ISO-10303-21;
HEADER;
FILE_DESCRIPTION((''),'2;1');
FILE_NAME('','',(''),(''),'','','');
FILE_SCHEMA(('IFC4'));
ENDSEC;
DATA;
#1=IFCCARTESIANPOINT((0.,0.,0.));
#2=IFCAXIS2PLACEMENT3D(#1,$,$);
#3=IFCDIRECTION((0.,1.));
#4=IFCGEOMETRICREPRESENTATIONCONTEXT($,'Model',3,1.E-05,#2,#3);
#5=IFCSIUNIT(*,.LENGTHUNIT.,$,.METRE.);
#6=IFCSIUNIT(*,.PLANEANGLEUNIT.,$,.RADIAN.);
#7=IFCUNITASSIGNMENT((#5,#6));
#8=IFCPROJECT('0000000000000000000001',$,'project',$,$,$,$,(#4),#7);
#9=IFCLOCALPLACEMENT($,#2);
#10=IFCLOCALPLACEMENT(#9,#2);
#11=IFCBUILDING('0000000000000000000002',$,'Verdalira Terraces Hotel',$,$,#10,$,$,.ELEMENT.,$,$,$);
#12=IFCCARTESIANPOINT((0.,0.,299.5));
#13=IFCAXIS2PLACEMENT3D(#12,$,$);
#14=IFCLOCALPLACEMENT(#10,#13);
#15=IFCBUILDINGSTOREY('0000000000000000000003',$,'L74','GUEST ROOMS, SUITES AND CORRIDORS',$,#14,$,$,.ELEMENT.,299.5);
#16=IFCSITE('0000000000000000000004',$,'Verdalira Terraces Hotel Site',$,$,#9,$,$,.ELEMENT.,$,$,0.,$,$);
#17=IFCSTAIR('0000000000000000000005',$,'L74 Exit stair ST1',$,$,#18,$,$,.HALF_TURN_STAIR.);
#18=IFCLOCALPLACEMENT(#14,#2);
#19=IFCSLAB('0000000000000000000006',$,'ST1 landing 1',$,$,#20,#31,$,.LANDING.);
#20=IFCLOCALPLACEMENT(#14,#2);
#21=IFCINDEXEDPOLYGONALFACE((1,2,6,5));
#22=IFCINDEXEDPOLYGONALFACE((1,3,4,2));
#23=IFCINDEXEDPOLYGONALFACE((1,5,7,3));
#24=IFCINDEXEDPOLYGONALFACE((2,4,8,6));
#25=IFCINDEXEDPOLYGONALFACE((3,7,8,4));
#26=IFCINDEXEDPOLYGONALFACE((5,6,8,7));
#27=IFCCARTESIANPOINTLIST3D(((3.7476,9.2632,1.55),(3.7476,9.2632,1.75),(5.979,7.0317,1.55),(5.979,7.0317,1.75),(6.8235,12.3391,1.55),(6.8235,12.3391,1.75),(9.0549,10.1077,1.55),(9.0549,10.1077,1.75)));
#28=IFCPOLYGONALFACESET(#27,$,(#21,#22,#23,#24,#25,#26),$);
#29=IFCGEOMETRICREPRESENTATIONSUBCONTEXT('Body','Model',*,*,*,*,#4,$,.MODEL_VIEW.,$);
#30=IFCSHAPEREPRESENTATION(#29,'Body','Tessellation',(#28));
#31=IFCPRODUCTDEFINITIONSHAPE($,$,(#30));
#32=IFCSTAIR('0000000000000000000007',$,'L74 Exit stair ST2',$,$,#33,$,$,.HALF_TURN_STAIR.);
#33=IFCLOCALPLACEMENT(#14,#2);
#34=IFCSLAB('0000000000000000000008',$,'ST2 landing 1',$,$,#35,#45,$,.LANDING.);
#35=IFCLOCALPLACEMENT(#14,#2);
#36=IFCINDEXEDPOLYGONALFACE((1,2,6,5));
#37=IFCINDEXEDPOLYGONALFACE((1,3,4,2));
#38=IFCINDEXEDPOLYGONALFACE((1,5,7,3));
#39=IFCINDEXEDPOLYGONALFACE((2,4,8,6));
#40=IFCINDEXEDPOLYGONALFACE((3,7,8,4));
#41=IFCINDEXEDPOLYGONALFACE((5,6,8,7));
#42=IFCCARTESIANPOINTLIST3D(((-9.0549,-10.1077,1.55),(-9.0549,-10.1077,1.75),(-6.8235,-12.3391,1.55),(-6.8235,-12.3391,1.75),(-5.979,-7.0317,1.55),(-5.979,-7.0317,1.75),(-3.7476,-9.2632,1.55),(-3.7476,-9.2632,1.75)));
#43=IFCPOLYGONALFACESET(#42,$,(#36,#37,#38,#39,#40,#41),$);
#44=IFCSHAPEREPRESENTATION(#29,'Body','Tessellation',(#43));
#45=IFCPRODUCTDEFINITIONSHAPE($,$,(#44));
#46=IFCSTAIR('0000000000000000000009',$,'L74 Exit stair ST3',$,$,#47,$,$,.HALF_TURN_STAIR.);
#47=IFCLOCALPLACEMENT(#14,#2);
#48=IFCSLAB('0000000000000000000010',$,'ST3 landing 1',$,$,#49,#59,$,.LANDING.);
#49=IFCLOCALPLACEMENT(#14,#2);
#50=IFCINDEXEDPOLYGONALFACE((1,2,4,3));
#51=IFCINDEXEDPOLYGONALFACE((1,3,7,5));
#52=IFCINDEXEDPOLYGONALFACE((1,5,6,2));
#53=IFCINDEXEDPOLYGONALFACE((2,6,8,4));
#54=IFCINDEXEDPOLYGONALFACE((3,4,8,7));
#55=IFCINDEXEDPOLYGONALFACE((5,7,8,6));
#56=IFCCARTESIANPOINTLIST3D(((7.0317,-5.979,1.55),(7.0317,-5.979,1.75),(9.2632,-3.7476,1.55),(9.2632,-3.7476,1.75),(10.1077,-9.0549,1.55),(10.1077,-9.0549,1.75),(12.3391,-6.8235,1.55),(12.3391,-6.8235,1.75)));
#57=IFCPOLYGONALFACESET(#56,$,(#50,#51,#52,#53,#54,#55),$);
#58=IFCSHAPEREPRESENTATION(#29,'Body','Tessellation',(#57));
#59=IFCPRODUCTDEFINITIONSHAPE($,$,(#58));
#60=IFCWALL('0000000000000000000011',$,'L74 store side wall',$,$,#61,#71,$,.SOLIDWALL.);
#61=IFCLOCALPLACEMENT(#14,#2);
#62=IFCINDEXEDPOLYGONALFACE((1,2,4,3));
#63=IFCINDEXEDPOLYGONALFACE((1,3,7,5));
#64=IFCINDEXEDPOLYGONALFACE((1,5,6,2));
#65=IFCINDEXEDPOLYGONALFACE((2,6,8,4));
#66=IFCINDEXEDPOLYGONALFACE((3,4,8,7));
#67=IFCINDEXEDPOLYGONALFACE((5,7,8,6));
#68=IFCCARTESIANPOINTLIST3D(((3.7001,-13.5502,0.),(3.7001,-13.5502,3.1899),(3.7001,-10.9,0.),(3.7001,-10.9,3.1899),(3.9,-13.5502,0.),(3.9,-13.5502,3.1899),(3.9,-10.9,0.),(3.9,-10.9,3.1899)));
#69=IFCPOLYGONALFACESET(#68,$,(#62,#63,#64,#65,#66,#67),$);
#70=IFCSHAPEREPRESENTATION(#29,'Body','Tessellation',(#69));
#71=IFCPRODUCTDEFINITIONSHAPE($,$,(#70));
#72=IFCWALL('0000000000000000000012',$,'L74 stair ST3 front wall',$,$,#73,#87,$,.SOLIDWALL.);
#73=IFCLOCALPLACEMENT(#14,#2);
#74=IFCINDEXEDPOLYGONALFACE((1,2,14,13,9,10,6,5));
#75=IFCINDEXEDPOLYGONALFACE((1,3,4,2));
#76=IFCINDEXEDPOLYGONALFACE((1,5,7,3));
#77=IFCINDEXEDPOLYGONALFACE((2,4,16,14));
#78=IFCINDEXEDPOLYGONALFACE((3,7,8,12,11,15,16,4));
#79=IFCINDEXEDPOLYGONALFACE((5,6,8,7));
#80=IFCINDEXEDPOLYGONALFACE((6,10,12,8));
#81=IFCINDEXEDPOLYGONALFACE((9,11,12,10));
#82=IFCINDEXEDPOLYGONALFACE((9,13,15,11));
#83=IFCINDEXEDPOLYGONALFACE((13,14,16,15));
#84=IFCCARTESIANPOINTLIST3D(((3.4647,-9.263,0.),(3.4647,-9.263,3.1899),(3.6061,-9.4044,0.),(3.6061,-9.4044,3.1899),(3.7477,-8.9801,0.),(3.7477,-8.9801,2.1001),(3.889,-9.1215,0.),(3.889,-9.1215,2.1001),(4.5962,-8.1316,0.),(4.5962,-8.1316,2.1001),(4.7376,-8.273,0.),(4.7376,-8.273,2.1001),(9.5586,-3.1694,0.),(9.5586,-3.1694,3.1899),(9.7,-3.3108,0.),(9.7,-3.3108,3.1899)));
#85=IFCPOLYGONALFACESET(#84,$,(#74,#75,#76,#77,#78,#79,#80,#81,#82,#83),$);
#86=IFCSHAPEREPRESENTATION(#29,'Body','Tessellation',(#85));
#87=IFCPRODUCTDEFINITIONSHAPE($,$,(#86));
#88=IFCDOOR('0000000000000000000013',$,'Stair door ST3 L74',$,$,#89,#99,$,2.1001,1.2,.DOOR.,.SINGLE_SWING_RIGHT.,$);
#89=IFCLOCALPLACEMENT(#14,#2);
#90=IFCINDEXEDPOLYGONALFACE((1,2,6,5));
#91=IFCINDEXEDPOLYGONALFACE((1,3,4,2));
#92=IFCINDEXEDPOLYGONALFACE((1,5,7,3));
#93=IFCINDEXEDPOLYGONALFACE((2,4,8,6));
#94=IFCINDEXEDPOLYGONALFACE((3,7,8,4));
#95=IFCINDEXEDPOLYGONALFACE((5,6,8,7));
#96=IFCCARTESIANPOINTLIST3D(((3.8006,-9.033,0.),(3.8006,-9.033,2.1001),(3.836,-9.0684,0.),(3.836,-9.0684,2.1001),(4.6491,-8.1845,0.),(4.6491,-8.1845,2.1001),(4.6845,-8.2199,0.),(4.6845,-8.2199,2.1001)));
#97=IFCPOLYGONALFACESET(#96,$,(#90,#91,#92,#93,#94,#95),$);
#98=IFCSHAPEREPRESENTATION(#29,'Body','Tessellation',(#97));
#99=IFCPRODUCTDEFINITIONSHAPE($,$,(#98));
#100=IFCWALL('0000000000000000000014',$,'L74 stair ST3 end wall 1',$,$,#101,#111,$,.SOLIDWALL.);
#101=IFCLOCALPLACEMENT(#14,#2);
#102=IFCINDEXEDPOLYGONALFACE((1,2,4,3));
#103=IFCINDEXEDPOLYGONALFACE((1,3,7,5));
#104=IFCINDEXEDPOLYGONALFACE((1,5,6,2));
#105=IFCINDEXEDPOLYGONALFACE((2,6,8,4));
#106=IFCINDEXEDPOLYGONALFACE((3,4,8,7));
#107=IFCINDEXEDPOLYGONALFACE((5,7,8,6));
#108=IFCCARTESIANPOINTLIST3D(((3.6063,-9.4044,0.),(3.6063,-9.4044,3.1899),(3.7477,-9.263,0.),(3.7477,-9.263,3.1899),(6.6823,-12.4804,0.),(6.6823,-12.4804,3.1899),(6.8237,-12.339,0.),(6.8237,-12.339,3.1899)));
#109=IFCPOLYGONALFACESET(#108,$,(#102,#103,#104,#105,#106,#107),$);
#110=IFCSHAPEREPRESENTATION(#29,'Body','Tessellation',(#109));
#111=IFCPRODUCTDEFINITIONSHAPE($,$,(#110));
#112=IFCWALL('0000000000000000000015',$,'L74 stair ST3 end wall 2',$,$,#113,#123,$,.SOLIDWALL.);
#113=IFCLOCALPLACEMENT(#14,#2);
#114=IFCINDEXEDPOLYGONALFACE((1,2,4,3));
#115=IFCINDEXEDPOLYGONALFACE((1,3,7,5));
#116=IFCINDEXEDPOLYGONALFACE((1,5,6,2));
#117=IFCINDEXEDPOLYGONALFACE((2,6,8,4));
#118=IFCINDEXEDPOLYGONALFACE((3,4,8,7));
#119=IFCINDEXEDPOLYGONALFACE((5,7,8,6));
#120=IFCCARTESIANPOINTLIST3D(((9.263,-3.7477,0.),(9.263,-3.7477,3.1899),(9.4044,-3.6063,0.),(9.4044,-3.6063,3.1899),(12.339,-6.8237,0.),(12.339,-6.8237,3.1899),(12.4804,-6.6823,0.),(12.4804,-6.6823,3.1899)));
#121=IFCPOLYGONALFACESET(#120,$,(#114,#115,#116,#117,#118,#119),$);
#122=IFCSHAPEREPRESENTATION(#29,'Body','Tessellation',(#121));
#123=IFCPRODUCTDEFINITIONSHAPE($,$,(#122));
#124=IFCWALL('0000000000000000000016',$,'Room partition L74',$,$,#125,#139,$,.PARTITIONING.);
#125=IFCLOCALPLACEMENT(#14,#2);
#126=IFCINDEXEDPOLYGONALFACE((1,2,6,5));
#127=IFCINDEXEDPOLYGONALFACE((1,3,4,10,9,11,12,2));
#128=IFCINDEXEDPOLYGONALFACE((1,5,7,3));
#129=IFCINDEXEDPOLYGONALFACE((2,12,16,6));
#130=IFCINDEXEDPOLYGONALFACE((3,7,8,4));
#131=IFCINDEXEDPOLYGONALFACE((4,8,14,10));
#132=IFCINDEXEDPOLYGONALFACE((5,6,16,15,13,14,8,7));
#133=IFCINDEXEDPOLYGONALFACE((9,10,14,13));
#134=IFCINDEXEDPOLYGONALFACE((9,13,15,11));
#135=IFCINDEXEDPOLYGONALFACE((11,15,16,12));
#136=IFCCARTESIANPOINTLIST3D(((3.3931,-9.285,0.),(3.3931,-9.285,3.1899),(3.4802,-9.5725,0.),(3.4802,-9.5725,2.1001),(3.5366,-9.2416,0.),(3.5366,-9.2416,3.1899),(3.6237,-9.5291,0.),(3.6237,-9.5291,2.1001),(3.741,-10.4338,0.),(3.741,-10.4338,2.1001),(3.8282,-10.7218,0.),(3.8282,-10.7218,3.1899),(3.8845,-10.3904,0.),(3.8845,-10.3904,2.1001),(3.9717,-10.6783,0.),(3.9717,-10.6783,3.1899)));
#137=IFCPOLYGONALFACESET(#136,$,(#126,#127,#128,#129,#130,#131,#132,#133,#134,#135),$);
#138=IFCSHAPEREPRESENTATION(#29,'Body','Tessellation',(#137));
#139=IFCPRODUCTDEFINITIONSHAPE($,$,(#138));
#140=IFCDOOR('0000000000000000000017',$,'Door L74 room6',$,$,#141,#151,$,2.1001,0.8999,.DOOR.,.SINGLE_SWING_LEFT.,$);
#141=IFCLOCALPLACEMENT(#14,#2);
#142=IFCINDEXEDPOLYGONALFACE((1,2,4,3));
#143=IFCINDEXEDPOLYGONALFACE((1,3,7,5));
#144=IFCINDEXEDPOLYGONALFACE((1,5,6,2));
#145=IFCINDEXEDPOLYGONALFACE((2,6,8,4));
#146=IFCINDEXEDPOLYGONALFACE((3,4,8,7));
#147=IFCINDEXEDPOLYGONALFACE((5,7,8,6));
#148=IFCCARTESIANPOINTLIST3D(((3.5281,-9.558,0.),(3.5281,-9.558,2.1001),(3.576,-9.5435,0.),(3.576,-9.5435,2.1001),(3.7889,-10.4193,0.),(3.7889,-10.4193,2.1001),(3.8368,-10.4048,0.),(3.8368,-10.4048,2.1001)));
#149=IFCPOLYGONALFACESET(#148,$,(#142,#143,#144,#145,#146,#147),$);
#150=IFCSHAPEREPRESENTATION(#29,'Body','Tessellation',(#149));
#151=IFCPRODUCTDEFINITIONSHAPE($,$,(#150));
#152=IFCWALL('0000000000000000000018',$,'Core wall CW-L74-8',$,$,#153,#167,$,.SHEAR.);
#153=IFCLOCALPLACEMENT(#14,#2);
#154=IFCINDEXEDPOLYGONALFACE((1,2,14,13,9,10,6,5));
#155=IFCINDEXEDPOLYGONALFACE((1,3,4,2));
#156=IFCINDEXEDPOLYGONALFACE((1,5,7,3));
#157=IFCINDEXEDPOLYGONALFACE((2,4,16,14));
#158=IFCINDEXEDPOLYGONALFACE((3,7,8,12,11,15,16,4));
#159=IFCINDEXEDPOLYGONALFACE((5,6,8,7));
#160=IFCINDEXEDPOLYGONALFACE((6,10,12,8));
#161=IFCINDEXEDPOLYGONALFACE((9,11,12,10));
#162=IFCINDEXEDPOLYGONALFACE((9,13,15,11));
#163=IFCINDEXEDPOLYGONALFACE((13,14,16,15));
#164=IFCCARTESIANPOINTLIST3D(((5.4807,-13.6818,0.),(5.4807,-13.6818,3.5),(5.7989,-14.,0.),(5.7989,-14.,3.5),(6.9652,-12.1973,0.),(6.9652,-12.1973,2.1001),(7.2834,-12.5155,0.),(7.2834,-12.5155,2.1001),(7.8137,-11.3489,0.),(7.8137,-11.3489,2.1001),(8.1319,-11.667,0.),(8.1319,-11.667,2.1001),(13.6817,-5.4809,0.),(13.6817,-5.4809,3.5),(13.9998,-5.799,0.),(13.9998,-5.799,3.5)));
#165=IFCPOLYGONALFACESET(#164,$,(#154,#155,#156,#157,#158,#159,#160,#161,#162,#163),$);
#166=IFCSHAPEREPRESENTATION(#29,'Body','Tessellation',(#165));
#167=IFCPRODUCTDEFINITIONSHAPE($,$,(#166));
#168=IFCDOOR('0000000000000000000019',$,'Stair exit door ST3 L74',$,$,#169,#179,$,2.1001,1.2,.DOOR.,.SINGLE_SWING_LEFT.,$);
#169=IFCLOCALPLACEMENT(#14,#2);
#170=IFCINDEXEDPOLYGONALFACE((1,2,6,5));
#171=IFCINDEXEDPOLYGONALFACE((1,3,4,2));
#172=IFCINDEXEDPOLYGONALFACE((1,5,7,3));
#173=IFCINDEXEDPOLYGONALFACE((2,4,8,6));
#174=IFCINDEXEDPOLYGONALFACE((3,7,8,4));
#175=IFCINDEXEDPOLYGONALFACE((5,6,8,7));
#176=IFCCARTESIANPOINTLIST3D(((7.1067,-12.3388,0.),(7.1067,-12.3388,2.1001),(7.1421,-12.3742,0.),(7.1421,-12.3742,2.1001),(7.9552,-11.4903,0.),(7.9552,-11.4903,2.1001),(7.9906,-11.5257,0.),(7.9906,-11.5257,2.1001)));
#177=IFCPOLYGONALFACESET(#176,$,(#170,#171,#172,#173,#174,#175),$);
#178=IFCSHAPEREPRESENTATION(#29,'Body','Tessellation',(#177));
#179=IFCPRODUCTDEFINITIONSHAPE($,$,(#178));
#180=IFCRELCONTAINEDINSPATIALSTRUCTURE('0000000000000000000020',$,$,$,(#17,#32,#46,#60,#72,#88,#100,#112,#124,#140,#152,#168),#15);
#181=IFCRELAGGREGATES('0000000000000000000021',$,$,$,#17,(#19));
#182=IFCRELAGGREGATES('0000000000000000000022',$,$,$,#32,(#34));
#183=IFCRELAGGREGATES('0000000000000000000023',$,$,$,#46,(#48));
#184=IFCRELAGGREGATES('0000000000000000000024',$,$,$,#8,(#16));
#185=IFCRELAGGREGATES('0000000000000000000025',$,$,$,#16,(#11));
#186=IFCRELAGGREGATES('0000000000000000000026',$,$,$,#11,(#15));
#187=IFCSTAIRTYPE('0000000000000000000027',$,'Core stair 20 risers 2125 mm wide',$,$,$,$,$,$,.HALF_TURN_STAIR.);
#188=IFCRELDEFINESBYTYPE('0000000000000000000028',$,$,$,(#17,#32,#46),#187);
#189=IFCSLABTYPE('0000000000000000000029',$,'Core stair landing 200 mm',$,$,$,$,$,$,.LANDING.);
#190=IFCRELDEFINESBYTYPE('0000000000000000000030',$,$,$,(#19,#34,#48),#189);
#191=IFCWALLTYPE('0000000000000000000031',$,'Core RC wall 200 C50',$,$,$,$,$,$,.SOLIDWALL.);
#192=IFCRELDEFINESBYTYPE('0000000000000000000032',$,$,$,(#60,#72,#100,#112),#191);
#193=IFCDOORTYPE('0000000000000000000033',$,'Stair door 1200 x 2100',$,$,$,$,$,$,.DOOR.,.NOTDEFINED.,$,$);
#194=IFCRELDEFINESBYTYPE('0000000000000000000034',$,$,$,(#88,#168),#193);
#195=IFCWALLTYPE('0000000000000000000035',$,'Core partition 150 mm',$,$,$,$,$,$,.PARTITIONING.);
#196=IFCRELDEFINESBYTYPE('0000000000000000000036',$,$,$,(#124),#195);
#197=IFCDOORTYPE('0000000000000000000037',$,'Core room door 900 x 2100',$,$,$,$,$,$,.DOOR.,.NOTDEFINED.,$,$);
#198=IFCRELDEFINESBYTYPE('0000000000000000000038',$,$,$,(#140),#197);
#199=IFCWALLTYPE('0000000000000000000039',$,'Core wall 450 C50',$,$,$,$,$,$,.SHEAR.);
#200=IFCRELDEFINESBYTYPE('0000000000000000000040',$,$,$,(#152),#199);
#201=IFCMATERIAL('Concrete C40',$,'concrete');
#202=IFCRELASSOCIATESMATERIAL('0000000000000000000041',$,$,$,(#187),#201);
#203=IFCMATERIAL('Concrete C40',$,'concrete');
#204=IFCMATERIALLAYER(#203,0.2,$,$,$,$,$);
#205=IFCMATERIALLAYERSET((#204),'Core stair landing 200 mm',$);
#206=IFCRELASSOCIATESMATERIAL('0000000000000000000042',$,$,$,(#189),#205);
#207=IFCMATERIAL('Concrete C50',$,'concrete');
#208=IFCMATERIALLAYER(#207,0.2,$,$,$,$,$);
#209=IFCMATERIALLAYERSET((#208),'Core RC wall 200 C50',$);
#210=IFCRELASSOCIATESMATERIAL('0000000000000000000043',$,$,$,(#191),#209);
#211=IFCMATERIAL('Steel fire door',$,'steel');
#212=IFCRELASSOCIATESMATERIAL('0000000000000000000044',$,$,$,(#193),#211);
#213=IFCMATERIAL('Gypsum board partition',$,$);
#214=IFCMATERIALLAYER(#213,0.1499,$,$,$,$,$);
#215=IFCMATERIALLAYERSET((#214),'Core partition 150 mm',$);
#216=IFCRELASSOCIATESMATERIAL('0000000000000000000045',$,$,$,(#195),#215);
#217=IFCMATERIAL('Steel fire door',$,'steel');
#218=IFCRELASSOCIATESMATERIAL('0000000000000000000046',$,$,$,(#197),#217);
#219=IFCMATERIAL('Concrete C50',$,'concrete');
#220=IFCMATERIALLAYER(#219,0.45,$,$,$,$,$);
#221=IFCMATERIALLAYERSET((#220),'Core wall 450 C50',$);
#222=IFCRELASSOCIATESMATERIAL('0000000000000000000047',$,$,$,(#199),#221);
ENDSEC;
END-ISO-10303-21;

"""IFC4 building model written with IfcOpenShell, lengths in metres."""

from ifc_helpers import new_model, si_unit, direction, frame, frame_2d, origin, place, context, subcontext, project, spatial, polyline, rectangle, outline, extrude, material, layer, layer_set, type_object, element, fill, aggregate, save


model = new_model("IFC4")

# Units and contexts
model_context = context("Model", 3, precision=1e-05, world=origin(), true_north=direction((0.0, 1.0)))
body_context = subcontext(model_context, "Body", "Model", "MODEL_VIEW")
ifc_project = project(units=[si_unit("LENGTHUNIT", "METRE"), si_unit("PLANEANGLEUNIT", "RADIAN")], contexts=[model_context])

# Site, building, storey
site_placement = place(None, origin())
site = spatial("IfcSite", under=ifc_project, at=site_placement, Name="Verdalira Terraces Hotel Site", CompositionType="ELEMENT", RefElevation=0.0)
building_placement = place(site_placement, origin())
building = spatial("IfcBuilding", under=site, at=building_placement, Name="Verdalira Terraces Hotel", CompositionType="ELEMENT")
storey_placement = place(building_placement, frame((0.0, 0.0, 299.5)))
storey = spatial("IfcBuildingStorey", under=building, at=storey_placement, Name="L74", Description="GUEST ROOMS, SUITES AND CORRIDORS", CompositionType="ELEMENT", Elevation=299.5)

# Stairs, slabs
ifc_material_1 = material(Name="Concrete C40", Category="concrete")
stair_type = type_object("IfcStairType", Name="Core stair 20 risers 2125 mm wide", PredefinedType="HALF_TURN_STAIR", material=ifc_material_1)
stair_1_placement = place(storey_placement, origin())
stair_1 = element("IfcStair", 1, at=stair_1_placement, inside=storey, type_object=stair_type, Name="L74 Exit stair ST1", PredefinedType="HALF_TURN_STAIR")
ifc_material_2 = material(Name="Concrete C40", Category="concrete")
ifc_layer_1 = layer(ifc_material_2, 0.2)
ifc_layer_set_1 = layer_set([ifc_layer_1], Name="Core stair landing 200 mm")
slab_type = type_object("IfcSlabType", Name="Core stair landing 200 mm", PredefinedType="LANDING", material=ifc_layer_set_1)
slab_1_placement = place(storey_placement, frame((0.0, 0.0, 1.55)))
slab_1 = element("IfcSlab", 2, at=slab_1_placement, type_object=slab_type, Name="ST1 landing 1", PredefinedType="LANDING", context=body_context, shape_type="SweptSolid", body=[
    extrude(outline(polyline([(9.0549, 10.1077), (6.8235, 12.3391), (3.7476, 9.2632), (5.979, 7.0317), (9.0549, 10.1077)])), origin(), (0.0, 0.0, 1.0), 0.2),
])
aggregate(stair_1, [slab_1])
stair_2_placement = place(storey_placement, origin())
stair_2 = element("IfcStair", 3, at=stair_2_placement, inside=storey, type_object=stair_type, Name="L74 Exit stair ST2", PredefinedType="HALF_TURN_STAIR")
slab_2_placement = place(storey_placement, frame((0.0, 0.0, 1.55)))
slab_2 = element("IfcSlab", 4, at=slab_2_placement, type_object=slab_type, Name="ST2 landing 1", PredefinedType="LANDING", context=body_context, shape_type="SweptSolid", body=[
    extrude(outline(polyline([(-9.0549, -10.1077), (-6.8235, -12.3391), (-3.7476, -9.2632), (-5.979, -7.0317), (-9.0549, -10.1077)])), origin(), (0.0, 0.0, 1.0), 0.2),
])
aggregate(stair_2, [slab_2])
stair_3_placement = place(storey_placement, origin())
stair_3 = element("IfcStair", 5, at=stair_3_placement, inside=storey, type_object=stair_type, Name="L74 Exit stair ST3", PredefinedType="HALF_TURN_STAIR")
slab_3_placement = place(storey_placement, frame((0.0, 0.0, 1.55)))
slab_3 = element("IfcSlab", 6, at=slab_3_placement, type_object=slab_type, Name="ST3 landing 1", PredefinedType="LANDING", context=body_context, shape_type="SweptSolid", body=[
    extrude(outline(polyline([(10.1077, -9.0549), (12.3391, -6.8235), (9.2632, -3.7476), (7.0317, -5.979), (10.1077, -9.0549)])), origin(), (0.0, 0.0, 1.0), 0.2),
])
aggregate(stair_3, [slab_3])

# Wall
ifc_material_3 = material(Name="Concrete C50", Category="concrete")
ifc_layer_2 = layer(ifc_material_3, 0.2)
ifc_layer_set_2 = layer_set([ifc_layer_2], Name="Core RC wall 200 C50")
wall_type_1 = type_object("IfcWallType", Name="Core RC wall 200 C50", PredefinedType="SOLIDWALL", material=ifc_layer_set_2)
wall_1_placement = place(storey_placement, frame((3.8, -10.8999, 0.0), z_axis=(0.0, 0.0, 1.0), x_axis=(0.0, -1.0, 0.0)))
element("IfcWall", 7, at=wall_1_placement, inside=storey, type_object=wall_type_1, Name="L74 store side wall", PredefinedType="SOLIDWALL", context=body_context, shape_type="SweptSolid", body=[
    extrude(rectangle(XDim=2.6501, YDim=0.2, at=frame_2d((1.3252, 0.0))), origin(), (0.0, 0.0, 1.0), 3.1899),
])

# Wall, opening, door
wall_2_placement = place(storey_placement, frame((9.6294, -3.24, 0.0), z_axis=(0.0, 0.0, 1.0), x_axis=(-0.707121, -0.707093, 0.0)))
wall_2 = element("IfcWall", 8, at=wall_2_placement, inside=storey, type_object=wall_type_1, Name="L74 stair ST3 front wall", PredefinedType="SOLIDWALL", context=body_context, shape_type="SweptSolid", body=[
    extrude(rectangle(XDim=8.6179, YDim=0.2, at=frame_2d((4.3091, 0.0))), origin(), (0.0, 0.0, 1.0), 3.1899),
])
opening_1_placement = place(wall_2_placement, frame((7.0178, 0.0, 0.0)))
opening_1 = element("IfcOpeningElement", 9, at=opening_1_placement, cuts=wall_2, PredefinedType="OPENING", context=body_context, shape_type="SweptSolid", body=[
    extrude(rectangle(XDim=1.2, YDim=2.1001, at=frame_2d((0.6001, 1.05))), frame((0.0, 0.1099, 0.0), z_axis=(0.0, -1.0, 0.0), x_axis=(1.0, 0.0, 0.0)), (0.0, 0.0, 1.0), 0.22),
])
ifc_material_4 = material(Name="Steel fire door", Category="steel")
door_type_1 = type_object("IfcDoorType", Name="Stair door 1200 x 2100", OperationType="NOTDEFINED", PredefinedType="DOOR", material=ifc_material_4)
door_1_placement = place(opening_1_placement, origin())
door_1 = element("IfcDoor", 10, at=door_1_placement, inside=storey, type_object=door_type_1, Name="Stair door ST3 L74", OperationType="SINGLE_SWING_RIGHT", OverallHeight=2.1001, OverallWidth=1.2, PredefinedType="DOOR", context=body_context, shape_type="SweptSolid", body=[
    extrude(rectangle(XDim=1.2, YDim=2.1001, at=frame_2d((0.6001, 1.05))), frame((0.0, 0.0249, 0.0), z_axis=(0.0, -1.0, 0.0), x_axis=(1.0, 0.0, 0.0)), (0.0, 0.0, 1.0), 0.05),
])
fill(opening_1, door_1)

# Walls
for number, where, z_axis, x_axis, name in (
    (11, (3.677, -9.3337, 0.0), (0.0, 0.0, 1.0), (0.707107, -0.707107, 0.0), "L74 stair ST3 end wall 1"),
    (12, (9.3337, -3.677, 0.0), (0.0, 0.0, 1.0), (0.707107, -0.707107, 0.0), "L74 stair ST3 end wall 2"),
):
    element("IfcWall", number, at=place(storey_placement, frame(where, z_axis=z_axis, x_axis=x_axis)), inside=storey, type_object=wall_type_1, Name=name, PredefinedType="SOLIDWALL", context=body_context, shape_type="SweptSolid", body=[
        extrude(rectangle(XDim=4.3501, YDim=0.2, at=frame_2d((2.175, 0.0))), origin(), (0.0, 0.0, 1.0), 3.1899),
    ])

# Walls, openings, doors
ifc_material_5 = material(Name="Gypsum board partition")
ifc_layer_3 = layer(ifc_material_5, 0.1499)
ifc_layer_set_3 = layer_set([ifc_layer_3], Name="Core partition 150 mm")
wall_type_2 = type_object("IfcWallType", Name="Core partition 150 mm", PredefinedType="PARTITIONING", material=ifc_layer_set_3)
wall_3_placement = place(storey_placement, frame((3.8999, -10.7, 0.0), z_axis=(0.0, 0.0, 1.0), x_axis=(-0.289809, 0.957085, 0.0)))
wall_3 = element("IfcWall", 13, at=wall_3_placement, inside=storey, type_object=wall_type_2, Name="Room partition L74", PredefinedType="PARTITIONING", context=body_context, shape_type="SweptSolid", body=[
    extrude(rectangle(XDim=1.5012, YDim=0.1499, at=frame_2d((0.7505, 0.0))), origin(), (0.0, 0.0, 1.0), 3.1899),
])
opening_2_placement = place(wall_3_placement, frame((0.3008, 0.0, 0.0)))
opening_2 = element("IfcOpeningElement", 14, at=opening_2_placement, cuts=wall_3, PredefinedType="OPENING", context=body_context, shape_type="SweptSolid", body=[
    extrude(rectangle(XDim=0.8999, YDim=2.1001, at=frame_2d((0.45, 1.05))), frame((0.0, 0.085, 0.0), z_axis=(0.0, -1.0, 0.0), x_axis=(1.0, 0.0, 0.0)), (0.0, 0.0, 1.0), 0.1699),
])
ifc_material_6 = material(Name="Steel fire door", Category="steel")
door_type_2 = type_object("IfcDoorType", Name="Core room door 900 x 2100", OperationType="NOTDEFINED", PredefinedType="DOOR", material=ifc_material_6)
door_2_placement = place(opening_2_placement, origin())
door_2 = element("IfcDoor", 15, at=door_2_placement, inside=storey, type_object=door_type_2, Name="Door L74 room6", OperationType="SINGLE_SWING_LEFT", OverallHeight=2.1001, OverallWidth=0.8999, PredefinedType="DOOR", context=body_context, shape_type="SweptSolid", body=[
    extrude(rectangle(XDim=0.8999, YDim=2.1001, at=frame_2d((0.45, 1.05))), frame((0.0, 0.0249, 0.0), z_axis=(0.0, -1.0, 0.0), x_axis=(1.0, 0.0, 0.0)), (0.0, 0.0, 1.0), 0.05),
])
fill(opening_2, door_2)
ifc_material_7 = material(Name="Concrete C50", Category="concrete")
ifc_layer_4 = layer(ifc_material_7, 0.45)
ifc_layer_set_4 = layer_set([ifc_layer_4], Name="Core wall 450 C50")
wall_type_3 = type_object("IfcWallType", Name="Core wall 450 C50", PredefinedType="SHEAR", material=ifc_layer_set_4)
wall_4_placement = place(storey_placement, frame((5.6399, -13.8408, 0.0), z_axis=(0.0, 0.0, 1.0), x_axis=(0.707107, 0.707107, 0.0)))
wall_4 = element("IfcWall", 16, at=wall_4_placement, inside=storey, type_object=wall_type_3, Name="Core wall CW-L74-8", PredefinedType="SHEAR", context=body_context, shape_type="SweptSolid", body=[
    extrude(rectangle(XDim=11.5979, YDim=0.45, at=frame_2d((5.7988, 0.0))), origin(), (0.0, 0.0, 1.0), 3.5),
])
opening_3_placement = place(wall_4_placement, frame((2.0991, 0.0, 0.0)))
opening_3 = element("IfcOpeningElement", 17, at=opening_3_placement, cuts=wall_4, PredefinedType="OPENING", context=body_context, shape_type="SweptSolid", body=[
    extrude(rectangle(XDim=1.2, YDim=2.1001, at=frame_2d((0.6001, 1.05))), frame((0.0, 0.2349, 0.0), z_axis=(0.0, -1.0, 0.0), x_axis=(1.0, 0.0, 0.0)), (0.0, 0.0, 1.0), 0.47),
])
door_3_placement = place(opening_3_placement, origin())
door_3 = element("IfcDoor", 18, at=door_3_placement, inside=storey, type_object=door_type_1, Name="Stair exit door ST3 L74", OperationType="SINGLE_SWING_LEFT", OverallHeight=2.1001, OverallWidth=1.2, PredefinedType="DOOR", context=body_context, shape_type="SweptSolid", body=[
    extrude(rectangle(XDim=1.2, YDim=2.1001, at=frame_2d((0.6001, 1.05))), frame((0.0, 0.0249, 0.0), z_axis=(0.0, -1.0, 0.0), x_axis=(1.0, 0.0, 0.0)), (0.0, 0.0, 1.0), 0.05),
])
fill(opening_3, door_3)

save(model, "model.ifc")
